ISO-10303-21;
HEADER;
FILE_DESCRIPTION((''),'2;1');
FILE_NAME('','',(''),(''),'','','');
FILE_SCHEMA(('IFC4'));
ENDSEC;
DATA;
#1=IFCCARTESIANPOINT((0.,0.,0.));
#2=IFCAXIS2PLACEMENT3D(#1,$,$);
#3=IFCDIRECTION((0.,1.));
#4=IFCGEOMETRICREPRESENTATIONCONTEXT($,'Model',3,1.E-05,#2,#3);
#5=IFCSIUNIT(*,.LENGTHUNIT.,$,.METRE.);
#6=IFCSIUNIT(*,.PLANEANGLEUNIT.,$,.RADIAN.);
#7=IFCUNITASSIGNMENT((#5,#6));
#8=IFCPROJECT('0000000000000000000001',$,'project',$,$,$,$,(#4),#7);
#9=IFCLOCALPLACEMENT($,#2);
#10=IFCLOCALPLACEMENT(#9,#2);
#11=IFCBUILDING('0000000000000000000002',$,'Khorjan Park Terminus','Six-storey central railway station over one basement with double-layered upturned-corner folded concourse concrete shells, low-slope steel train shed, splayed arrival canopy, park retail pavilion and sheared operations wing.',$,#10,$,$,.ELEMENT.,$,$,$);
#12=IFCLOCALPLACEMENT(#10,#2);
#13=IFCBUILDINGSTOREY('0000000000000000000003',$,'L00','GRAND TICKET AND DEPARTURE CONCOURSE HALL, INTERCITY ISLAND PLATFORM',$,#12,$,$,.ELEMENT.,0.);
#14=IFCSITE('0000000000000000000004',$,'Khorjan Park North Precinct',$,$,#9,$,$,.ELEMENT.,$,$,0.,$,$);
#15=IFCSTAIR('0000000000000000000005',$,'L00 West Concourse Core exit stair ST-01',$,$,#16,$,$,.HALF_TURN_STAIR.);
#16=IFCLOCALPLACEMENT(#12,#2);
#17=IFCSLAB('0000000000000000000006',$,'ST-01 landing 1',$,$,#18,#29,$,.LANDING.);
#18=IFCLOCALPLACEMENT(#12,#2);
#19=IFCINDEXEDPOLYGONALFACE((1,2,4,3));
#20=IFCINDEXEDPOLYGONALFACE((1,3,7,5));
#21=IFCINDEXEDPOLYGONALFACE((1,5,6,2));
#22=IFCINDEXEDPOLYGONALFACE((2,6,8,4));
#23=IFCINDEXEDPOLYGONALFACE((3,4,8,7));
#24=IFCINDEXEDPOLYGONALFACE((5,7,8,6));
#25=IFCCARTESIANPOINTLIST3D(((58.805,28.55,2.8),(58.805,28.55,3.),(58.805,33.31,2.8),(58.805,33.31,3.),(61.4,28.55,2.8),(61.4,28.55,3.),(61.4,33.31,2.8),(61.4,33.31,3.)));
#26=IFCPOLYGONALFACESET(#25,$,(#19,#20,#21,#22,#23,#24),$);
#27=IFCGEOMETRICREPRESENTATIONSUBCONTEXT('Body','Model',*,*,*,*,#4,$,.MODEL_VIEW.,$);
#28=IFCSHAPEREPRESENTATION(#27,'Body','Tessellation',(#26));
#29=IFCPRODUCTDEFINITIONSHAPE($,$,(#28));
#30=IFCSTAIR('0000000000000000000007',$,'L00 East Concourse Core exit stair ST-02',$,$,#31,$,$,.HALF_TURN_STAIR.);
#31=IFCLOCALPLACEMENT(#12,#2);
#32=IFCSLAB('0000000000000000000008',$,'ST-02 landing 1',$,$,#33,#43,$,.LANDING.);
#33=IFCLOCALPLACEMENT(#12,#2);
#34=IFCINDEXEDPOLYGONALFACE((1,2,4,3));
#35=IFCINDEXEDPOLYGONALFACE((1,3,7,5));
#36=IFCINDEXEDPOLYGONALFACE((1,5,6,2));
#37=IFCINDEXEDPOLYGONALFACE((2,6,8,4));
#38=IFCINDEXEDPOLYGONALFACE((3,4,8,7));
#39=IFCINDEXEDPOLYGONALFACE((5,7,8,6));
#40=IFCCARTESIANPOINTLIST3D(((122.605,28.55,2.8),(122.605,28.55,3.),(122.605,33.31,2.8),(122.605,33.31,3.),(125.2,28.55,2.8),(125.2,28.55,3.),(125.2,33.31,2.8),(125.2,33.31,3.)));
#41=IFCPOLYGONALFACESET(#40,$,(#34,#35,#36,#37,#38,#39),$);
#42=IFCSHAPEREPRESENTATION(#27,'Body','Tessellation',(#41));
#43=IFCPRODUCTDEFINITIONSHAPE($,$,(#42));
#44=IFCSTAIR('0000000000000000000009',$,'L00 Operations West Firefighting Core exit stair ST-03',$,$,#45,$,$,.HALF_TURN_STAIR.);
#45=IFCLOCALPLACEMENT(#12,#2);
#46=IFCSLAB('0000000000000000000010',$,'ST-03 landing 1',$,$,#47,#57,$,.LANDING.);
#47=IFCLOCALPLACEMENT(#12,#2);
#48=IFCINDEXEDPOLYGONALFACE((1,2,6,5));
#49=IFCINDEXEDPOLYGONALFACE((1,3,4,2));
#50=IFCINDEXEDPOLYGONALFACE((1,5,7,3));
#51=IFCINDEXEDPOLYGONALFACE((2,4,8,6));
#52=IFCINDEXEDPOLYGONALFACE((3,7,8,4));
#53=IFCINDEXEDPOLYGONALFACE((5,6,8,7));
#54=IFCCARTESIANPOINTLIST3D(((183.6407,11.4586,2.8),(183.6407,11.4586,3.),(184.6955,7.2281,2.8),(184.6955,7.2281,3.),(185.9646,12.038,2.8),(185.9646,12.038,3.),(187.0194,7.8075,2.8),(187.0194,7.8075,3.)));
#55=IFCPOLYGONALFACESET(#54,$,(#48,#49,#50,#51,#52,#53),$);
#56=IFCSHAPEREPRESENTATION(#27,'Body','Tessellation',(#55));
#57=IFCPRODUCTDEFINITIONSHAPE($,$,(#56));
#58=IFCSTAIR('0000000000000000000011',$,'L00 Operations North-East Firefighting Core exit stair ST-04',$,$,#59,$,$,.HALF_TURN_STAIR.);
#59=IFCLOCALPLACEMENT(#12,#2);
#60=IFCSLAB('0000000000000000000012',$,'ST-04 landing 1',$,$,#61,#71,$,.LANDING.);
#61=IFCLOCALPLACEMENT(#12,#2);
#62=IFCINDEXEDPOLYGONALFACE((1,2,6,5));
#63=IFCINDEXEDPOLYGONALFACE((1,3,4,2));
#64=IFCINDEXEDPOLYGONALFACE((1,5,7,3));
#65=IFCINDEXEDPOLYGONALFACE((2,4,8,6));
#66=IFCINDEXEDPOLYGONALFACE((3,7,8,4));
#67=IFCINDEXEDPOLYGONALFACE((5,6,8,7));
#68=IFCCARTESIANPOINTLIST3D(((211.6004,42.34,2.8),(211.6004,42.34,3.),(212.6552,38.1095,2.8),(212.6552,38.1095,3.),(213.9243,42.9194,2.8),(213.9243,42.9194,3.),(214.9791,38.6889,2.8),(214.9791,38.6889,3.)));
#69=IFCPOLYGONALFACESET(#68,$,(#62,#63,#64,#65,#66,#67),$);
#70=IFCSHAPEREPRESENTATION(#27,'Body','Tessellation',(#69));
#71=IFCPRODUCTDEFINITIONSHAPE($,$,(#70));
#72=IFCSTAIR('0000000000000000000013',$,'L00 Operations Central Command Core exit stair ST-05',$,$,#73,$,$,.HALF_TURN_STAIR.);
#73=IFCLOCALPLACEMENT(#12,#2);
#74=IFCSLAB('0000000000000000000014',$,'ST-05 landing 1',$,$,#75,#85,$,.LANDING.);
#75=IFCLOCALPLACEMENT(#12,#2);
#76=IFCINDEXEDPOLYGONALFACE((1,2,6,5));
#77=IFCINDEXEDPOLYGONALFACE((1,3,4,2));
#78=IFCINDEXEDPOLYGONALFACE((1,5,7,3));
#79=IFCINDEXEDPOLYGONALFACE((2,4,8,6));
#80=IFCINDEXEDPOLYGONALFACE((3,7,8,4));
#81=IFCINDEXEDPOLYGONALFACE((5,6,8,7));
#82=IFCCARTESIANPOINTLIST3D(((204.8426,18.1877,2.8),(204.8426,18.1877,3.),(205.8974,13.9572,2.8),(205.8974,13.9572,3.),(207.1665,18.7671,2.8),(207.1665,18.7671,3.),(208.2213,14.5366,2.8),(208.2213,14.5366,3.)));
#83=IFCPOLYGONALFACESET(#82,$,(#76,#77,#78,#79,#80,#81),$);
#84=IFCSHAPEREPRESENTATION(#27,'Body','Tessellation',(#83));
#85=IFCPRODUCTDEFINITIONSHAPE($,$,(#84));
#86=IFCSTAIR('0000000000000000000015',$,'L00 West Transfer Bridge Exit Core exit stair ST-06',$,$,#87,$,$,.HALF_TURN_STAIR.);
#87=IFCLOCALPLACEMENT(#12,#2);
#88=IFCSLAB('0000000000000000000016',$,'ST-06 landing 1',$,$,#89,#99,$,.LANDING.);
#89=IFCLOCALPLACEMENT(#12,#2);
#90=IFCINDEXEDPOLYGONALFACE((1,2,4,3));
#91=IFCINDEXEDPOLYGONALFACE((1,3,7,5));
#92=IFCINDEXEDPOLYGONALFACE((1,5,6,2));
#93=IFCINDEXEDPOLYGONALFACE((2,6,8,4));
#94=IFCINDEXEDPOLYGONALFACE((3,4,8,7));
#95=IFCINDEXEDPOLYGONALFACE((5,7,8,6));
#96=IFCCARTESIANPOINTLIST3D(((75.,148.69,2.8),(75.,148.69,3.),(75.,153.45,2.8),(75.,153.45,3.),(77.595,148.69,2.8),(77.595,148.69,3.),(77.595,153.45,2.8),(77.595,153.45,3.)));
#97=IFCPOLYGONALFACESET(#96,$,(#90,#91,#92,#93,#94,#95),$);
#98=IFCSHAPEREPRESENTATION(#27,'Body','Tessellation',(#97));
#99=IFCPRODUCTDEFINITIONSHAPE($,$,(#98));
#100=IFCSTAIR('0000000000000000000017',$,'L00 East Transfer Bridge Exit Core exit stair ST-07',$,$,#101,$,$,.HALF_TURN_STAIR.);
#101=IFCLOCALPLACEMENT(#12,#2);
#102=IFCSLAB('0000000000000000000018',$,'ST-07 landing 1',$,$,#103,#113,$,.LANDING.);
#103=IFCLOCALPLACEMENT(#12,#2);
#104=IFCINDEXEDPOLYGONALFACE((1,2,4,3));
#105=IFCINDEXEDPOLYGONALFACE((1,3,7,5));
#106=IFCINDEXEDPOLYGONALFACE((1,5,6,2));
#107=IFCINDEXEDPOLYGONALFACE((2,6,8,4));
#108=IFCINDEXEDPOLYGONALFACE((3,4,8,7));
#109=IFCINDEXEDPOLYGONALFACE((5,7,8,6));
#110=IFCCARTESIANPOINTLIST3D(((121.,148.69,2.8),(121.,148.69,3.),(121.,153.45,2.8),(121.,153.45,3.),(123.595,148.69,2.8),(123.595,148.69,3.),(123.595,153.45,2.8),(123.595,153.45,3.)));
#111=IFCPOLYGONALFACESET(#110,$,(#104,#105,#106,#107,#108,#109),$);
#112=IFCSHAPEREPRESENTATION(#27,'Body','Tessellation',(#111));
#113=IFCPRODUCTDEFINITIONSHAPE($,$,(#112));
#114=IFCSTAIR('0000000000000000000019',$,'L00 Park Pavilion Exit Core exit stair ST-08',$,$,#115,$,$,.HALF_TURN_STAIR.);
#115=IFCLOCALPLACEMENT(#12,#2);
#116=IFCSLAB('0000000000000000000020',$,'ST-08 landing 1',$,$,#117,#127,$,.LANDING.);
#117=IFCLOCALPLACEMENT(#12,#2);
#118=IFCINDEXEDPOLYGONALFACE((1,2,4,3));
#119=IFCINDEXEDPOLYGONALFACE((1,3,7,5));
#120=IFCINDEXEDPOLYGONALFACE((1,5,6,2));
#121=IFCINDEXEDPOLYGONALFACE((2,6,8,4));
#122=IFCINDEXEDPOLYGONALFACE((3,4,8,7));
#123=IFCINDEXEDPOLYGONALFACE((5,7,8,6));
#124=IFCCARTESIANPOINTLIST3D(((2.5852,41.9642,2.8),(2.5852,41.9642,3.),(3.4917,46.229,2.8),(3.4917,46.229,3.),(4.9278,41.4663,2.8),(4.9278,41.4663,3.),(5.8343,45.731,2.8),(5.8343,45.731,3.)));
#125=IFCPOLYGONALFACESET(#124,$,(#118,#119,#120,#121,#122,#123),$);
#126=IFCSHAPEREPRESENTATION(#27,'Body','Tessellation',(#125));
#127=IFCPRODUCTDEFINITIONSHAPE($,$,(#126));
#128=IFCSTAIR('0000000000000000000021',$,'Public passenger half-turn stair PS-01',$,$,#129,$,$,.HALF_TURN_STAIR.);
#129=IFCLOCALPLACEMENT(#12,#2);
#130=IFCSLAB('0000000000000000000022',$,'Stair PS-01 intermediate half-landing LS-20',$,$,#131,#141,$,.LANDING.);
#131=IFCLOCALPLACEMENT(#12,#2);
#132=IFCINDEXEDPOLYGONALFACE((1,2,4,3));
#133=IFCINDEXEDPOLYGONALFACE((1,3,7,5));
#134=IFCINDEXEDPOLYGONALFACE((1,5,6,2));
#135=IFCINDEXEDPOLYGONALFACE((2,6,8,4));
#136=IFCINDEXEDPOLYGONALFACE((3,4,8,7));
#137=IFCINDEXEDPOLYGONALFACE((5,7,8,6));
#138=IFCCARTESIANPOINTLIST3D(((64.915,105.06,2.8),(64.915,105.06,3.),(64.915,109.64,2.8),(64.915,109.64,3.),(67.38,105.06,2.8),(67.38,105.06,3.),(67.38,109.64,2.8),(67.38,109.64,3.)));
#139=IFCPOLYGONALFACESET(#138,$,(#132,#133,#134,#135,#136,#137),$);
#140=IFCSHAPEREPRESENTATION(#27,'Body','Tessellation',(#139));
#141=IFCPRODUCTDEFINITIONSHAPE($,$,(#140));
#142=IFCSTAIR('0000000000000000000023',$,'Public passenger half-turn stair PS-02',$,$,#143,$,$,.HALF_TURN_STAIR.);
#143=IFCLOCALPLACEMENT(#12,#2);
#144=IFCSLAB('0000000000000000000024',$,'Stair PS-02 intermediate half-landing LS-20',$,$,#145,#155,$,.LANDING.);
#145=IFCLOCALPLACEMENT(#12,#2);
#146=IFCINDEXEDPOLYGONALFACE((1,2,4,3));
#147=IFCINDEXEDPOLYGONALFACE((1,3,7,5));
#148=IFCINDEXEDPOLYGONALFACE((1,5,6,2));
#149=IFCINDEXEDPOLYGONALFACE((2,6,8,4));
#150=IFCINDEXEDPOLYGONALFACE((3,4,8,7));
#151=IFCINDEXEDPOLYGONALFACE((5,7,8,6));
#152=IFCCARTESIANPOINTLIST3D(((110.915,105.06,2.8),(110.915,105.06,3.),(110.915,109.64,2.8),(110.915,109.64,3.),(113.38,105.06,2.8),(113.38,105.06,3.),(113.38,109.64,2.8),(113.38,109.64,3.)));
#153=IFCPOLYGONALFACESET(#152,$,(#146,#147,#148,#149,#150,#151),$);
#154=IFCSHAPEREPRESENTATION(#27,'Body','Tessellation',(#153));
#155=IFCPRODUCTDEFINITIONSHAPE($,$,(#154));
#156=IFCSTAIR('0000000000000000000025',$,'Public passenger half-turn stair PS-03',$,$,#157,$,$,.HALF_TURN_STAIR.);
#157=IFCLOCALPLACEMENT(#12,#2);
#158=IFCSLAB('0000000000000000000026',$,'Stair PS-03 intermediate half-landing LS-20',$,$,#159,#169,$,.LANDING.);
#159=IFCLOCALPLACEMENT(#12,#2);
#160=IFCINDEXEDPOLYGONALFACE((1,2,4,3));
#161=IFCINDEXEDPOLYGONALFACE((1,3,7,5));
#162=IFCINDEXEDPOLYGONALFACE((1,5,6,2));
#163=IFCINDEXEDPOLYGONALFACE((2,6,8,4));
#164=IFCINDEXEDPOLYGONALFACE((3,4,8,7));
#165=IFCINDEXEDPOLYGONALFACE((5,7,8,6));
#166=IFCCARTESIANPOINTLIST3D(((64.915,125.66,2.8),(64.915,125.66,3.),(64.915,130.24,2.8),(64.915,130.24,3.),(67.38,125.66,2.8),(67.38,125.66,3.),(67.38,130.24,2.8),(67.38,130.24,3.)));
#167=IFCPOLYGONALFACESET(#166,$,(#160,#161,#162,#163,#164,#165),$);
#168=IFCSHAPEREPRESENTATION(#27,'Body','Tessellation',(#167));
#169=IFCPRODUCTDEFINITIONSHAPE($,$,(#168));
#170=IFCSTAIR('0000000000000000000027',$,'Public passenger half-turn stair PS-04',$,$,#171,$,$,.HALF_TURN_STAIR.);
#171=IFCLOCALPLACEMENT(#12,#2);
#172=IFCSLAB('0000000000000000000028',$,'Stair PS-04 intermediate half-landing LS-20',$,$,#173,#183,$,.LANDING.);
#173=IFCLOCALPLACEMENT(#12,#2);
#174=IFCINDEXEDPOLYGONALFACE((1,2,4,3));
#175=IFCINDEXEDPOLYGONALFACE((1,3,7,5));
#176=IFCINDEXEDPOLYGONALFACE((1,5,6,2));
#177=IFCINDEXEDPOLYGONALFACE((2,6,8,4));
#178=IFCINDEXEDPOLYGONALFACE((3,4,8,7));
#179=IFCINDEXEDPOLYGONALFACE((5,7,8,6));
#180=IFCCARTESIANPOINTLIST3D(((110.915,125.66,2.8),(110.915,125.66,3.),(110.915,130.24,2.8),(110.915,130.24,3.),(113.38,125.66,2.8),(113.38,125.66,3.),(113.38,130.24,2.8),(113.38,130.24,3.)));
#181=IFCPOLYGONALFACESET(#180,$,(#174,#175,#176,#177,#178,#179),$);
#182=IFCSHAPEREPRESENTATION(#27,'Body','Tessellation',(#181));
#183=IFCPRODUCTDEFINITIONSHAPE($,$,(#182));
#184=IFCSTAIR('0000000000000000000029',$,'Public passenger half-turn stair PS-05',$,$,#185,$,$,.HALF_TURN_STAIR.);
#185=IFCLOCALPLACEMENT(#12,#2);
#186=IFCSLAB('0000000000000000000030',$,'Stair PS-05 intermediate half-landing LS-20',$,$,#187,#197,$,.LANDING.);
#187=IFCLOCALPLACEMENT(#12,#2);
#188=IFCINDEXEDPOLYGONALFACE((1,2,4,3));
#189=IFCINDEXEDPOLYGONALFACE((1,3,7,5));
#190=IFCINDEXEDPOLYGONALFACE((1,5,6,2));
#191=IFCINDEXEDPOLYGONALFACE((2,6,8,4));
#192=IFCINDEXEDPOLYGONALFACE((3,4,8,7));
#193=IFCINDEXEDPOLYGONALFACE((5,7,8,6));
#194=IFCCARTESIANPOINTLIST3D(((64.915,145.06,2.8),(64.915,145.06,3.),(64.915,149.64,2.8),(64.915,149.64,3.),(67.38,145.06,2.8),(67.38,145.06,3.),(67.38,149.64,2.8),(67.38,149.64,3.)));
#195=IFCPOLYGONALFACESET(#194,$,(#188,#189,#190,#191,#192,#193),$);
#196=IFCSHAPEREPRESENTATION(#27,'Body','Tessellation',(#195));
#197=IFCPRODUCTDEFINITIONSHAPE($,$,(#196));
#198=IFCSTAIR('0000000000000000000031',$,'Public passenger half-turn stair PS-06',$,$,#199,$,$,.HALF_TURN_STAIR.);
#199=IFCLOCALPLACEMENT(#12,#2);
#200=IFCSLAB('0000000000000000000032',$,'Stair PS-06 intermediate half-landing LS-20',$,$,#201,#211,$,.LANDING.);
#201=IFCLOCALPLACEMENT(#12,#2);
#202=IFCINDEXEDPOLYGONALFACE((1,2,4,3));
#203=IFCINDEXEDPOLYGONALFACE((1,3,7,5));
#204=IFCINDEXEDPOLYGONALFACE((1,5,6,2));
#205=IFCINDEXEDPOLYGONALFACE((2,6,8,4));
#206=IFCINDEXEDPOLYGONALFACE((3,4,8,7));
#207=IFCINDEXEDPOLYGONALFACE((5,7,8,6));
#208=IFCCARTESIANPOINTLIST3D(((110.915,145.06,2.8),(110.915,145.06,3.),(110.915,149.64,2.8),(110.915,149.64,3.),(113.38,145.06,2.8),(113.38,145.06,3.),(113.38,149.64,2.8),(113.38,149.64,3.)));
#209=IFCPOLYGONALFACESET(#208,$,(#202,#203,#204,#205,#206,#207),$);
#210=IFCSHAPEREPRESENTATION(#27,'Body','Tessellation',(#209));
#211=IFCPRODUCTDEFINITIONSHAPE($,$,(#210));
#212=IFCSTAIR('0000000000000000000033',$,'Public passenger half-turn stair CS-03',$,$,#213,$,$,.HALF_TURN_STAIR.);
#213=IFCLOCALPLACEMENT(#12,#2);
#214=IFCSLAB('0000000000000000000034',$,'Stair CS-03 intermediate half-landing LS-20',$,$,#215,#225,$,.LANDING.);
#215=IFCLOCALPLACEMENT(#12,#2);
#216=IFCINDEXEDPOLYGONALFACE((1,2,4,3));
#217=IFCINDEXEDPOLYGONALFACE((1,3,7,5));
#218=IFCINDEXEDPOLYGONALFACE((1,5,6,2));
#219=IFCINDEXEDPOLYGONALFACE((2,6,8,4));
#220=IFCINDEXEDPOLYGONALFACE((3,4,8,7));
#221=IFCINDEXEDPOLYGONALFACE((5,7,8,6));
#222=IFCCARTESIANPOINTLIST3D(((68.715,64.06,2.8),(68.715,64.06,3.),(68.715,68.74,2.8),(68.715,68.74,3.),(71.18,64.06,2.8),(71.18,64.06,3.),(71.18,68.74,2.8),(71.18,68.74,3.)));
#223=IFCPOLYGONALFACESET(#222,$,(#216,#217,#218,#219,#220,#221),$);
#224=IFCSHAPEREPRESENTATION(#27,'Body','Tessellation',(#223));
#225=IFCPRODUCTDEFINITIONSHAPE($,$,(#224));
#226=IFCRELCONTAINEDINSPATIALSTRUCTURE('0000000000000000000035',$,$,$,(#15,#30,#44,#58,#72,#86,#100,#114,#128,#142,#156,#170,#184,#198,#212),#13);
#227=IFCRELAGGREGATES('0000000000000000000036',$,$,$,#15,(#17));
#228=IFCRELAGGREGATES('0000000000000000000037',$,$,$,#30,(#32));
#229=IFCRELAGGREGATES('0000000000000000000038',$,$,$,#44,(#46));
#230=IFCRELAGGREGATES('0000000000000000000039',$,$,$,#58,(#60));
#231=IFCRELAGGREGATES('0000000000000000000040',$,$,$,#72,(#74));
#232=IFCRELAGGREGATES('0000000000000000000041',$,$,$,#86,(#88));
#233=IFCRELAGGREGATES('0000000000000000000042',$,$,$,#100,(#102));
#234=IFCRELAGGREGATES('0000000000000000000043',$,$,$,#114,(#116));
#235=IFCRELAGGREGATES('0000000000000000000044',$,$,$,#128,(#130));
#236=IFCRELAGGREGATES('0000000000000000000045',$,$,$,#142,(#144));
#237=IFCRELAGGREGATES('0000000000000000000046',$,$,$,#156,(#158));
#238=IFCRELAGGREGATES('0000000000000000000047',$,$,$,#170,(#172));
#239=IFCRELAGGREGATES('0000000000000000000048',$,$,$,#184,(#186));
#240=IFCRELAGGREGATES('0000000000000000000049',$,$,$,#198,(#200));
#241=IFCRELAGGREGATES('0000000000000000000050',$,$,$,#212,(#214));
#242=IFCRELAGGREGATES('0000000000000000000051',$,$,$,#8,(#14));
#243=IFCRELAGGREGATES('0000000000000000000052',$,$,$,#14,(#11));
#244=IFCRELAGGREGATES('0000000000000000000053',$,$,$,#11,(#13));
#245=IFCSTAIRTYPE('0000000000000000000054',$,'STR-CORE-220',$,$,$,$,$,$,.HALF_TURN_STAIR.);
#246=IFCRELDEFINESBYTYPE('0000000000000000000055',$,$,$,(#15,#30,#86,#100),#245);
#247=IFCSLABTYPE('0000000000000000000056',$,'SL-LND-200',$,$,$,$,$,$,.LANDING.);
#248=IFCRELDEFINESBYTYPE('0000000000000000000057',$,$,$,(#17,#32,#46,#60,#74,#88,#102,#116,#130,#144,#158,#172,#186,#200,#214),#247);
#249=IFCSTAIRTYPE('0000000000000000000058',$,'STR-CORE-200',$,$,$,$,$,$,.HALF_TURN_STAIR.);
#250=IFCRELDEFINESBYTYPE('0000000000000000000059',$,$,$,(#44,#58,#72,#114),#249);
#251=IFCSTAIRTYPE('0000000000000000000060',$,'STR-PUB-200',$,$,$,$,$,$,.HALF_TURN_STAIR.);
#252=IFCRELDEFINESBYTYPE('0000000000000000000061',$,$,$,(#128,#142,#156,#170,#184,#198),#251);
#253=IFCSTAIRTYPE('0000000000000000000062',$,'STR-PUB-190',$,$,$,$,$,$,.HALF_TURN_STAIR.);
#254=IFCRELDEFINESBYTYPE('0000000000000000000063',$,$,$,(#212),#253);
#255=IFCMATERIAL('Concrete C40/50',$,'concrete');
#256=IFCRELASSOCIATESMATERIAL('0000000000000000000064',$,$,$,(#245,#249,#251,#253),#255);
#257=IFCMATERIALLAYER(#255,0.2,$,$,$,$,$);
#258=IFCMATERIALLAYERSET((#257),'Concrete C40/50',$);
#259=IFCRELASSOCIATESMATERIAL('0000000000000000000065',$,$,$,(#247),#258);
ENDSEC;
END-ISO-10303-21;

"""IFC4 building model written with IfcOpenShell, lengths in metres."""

from ifc_helpers import new_model, si_unit, direction, frame, origin, place, context, subcontext, project, spatial, polyline, outline, extrude, material, layer, layer_set, type_object, element, aggregate, save


model = new_model("IFC4")

# Units and contexts
model_context = context("Model", 3, precision=1e-05, world=origin(), true_north=direction((0.0, 1.0)))
body_context = subcontext(model_context, "Body", "Model", "MODEL_VIEW")
ifc_project = project(units=[si_unit("LENGTHUNIT", "METRE"), si_unit("PLANEANGLEUNIT", "RADIAN")], contexts=[model_context])

# Site, building, storey
site_placement = place(None, origin())
site = spatial("IfcSite", under=ifc_project, at=site_placement, Name="Khorjan Park North Precinct", CompositionType="ELEMENT", RefElevation=0.0)
building_placement = place(site_placement, origin())
building = spatial("IfcBuilding", under=site, at=building_placement, Name="Khorjan Park Terminus", Description="Six-storey central railway station over one basement with double-layered upturned-corner folded concourse concrete shells, low-slope steel train shed, splayed arrival canopy, park retail pavilion and sheared operations wing.", CompositionType="ELEMENT")
storey_placement = place(building_placement, origin())
storey = spatial("IfcBuildingStorey", under=building, at=storey_placement, Name="L00", Description="GRAND TICKET AND DEPARTURE CONCOURSE HALL, INTERCITY ISLAND PLATFORM", CompositionType="ELEMENT", Elevation=0.0)

# Stairs, slabs
ifc_material_1 = material(Name="Concrete C40/50", Category="concrete")
stair_type_1 = type_object("IfcStairType", Name="STR-CORE-220", PredefinedType="HALF_TURN_STAIR", material=ifc_material_1)
stair_1_placement = place(storey_placement, origin())
stair_1 = element("IfcStair", 1, at=stair_1_placement, inside=storey, type_object=stair_type_1, Name="L00 West Concourse Core exit stair ST-01", PredefinedType="HALF_TURN_STAIR")
ifc_layer_1 = layer(ifc_material_1, 0.2)
ifc_layer_set_1 = layer_set([ifc_layer_1], Name="Concrete C40/50")
slab_type = type_object("IfcSlabType", Name="SL-LND-200", PredefinedType="LANDING", material=ifc_layer_set_1)
slab_1_placement = place(storey_placement, frame((0.0, 0.0, 2.8)))
slab_1 = element("IfcSlab", 2, at=slab_1_placement, type_object=slab_type, Name="ST-01 landing 1", PredefinedType="LANDING", context=body_context, shape_type="SweptSolid", body=[
    extrude(outline(polyline([(58.805, 28.55), (61.4, 28.55), (61.4, 33.31), (58.805, 33.31), (58.805, 28.55)])), origin(), (0.0, 0.0, 1.0), 0.2),
])
aggregate(stair_1, [slab_1])
stair_2_placement = place(storey_placement, origin())
stair_2 = element("IfcStair", 3, at=stair_2_placement, inside=storey, type_object=stair_type_1, Name="L00 East Concourse Core exit stair ST-02", PredefinedType="HALF_TURN_STAIR")
slab_2_placement = place(storey_placement, frame((0.0, 0.0, 2.8)))
slab_2 = element("IfcSlab", 4, at=slab_2_placement, type_object=slab_type, Name="ST-02 landing 1", PredefinedType="LANDING", context=body_context, shape_type="SweptSolid", body=[
    extrude(outline(polyline([(122.605, 28.55), (125.2, 28.55), (125.2, 33.31), (122.605, 33.31), (122.605, 28.55)])), origin(), (0.0, 0.0, 1.0), 0.2),
])
aggregate(stair_2, [slab_2])
stair_type_2 = type_object("IfcStairType", Name="STR-CORE-200", PredefinedType="HALF_TURN_STAIR", material=ifc_material_1)
stair_3_placement = place(storey_placement, origin())
stair_3 = element("IfcStair", 5, at=stair_3_placement, inside=storey, type_object=stair_type_2, Name="L00 Operations West Firefighting Core exit stair ST-03", PredefinedType="HALF_TURN_STAIR")
slab_3_placement = place(storey_placement, frame((0.0, 0.0, 2.8)))
slab_3 = element("IfcSlab", 6, at=slab_3_placement, type_object=slab_type, Name="ST-03 landing 1", PredefinedType="LANDING", context=body_context, shape_type="SweptSolid", body=[
    extrude(outline(polyline([(184.6955, 7.2281), (187.0194, 7.8075), (185.9646, 12.038), (183.6407, 11.4586), (184.6955, 7.2281)])), origin(), (0.0, 0.0, 1.0), 0.2),
])
aggregate(stair_3, [slab_3])
stair_4_placement = place(storey_placement, origin())
stair_4 = element("IfcStair", 7, at=stair_4_placement, inside=storey, type_object=stair_type_2, Name="L00 Operations North-East Firefighting Core exit stair ST-04", PredefinedType="HALF_TURN_STAIR")
slab_4_placement = place(storey_placement, frame((0.0, 0.0, 2.8)))
slab_4 = element("IfcSlab", 8, at=slab_4_placement, type_object=slab_type, Name="ST-04 landing 1", PredefinedType="LANDING", context=body_context, shape_type="SweptSolid", body=[
    extrude(outline(polyline([(212.6552, 38.1095), (214.9791, 38.6889), (213.9243, 42.9194), (211.6004, 42.34), (212.6552, 38.1095)])), origin(), (0.0, 0.0, 1.0), 0.2),
])
aggregate(stair_4, [slab_4])
stair_5_placement = place(storey_placement, origin())
stair_5 = element("IfcStair", 9, at=stair_5_placement, inside=storey, type_object=stair_type_2, Name="L00 Operations Central Command Core exit stair ST-05", PredefinedType="HALF_TURN_STAIR")
slab_5_placement = place(storey_placement, frame((0.0, 0.0, 2.8)))
slab_5 = element("IfcSlab", 10, at=slab_5_placement, type_object=slab_type, Name="ST-05 landing 1", PredefinedType="LANDING", context=body_context, shape_type="SweptSolid", body=[
    extrude(outline(polyline([(205.8974, 13.9572), (208.2213, 14.5366), (207.1665, 18.7671), (204.8426, 18.1877), (205.8974, 13.9572)])), origin(), (0.0, 0.0, 1.0), 0.2),
])
aggregate(stair_5, [slab_5])
stair_6_placement = place(storey_placement, origin())
stair_6 = element("IfcStair", 11, at=stair_6_placement, inside=storey, type_object=stair_type_1, Name="L00 West Transfer Bridge Exit Core exit stair ST-06", PredefinedType="HALF_TURN_STAIR")
slab_6_placement = place(storey_placement, frame((0.0, 0.0, 2.8)))
slab_6 = element("IfcSlab", 12, at=slab_6_placement, type_object=slab_type, Name="ST-06 landing 1", PredefinedType="LANDING", context=body_context, shape_type="SweptSolid", body=[
    extrude(outline(polyline([(77.595, 153.45), (75.0, 153.45), (75.0, 148.69), (77.595, 148.69), (77.595, 153.45)])), origin(), (0.0, 0.0, 1.0), 0.2),
])
aggregate(stair_6, [slab_6])
stair_7_placement = place(storey_placement, origin())
stair_7 = element("IfcStair", 13, at=stair_7_placement, inside=storey, type_object=stair_type_1, Name="L00 East Transfer Bridge Exit Core exit stair ST-07", PredefinedType="HALF_TURN_STAIR")
slab_7_placement = place(storey_placement, frame((0.0, 0.0, 2.8)))
slab_7 = element("IfcSlab", 14, at=slab_7_placement, type_object=slab_type, Name="ST-07 landing 1", PredefinedType="LANDING", context=body_context, shape_type="SweptSolid", body=[
    extrude(outline(polyline([(123.595, 153.45), (121.0, 153.45), (121.0, 148.69), (123.595, 148.69), (123.595, 153.45)])), origin(), (0.0, 0.0, 1.0), 0.2),
])
aggregate(stair_7, [slab_7])
stair_8_placement = place(storey_placement, origin())
stair_8 = element("IfcStair", 15, at=stair_8_placement, inside=storey, type_object=stair_type_2, Name="L00 Park Pavilion Exit Core exit stair ST-08", PredefinedType="HALF_TURN_STAIR")
slab_8_placement = place(storey_placement, frame((0.0, 0.0, 2.8)))
slab_8 = element("IfcSlab", 16, at=slab_8_placement, type_object=slab_type, Name="ST-08 landing 1", PredefinedType="LANDING", context=body_context, shape_type="SweptSolid", body=[
    extrude(outline(polyline([(2.5852, 41.9642), (4.9278, 41.4663), (5.8343, 45.731), (3.4917, 46.229), (2.5852, 41.9642)])), origin(), (0.0, 0.0, 1.0), 0.2),
])
aggregate(stair_8, [slab_8])
stair_type_3 = type_object("IfcStairType", Name="STR-PUB-200", PredefinedType="HALF_TURN_STAIR", material=ifc_material_1)
stair_9_placement = place(storey_placement, origin())
stair_9 = element("IfcStair", 17, at=stair_9_placement, inside=storey, type_object=stair_type_3, Name="Public passenger half-turn stair PS-01", PredefinedType="HALF_TURN_STAIR")
slab_9_placement = place(storey_placement, frame((0.0, 0.0, 2.8)))
slab_9 = element("IfcSlab", 18, at=slab_9_placement, type_object=slab_type, Name="Stair PS-01 intermediate half-landing LS-20", PredefinedType="LANDING", context=body_context, shape_type="SweptSolid", body=[
    extrude(outline(polyline([(64.915, 105.06), (67.38, 105.06), (67.38, 109.64), (64.915, 109.64), (64.915, 105.06)])), origin(), (0.0, 0.0, 1.0), 0.2),
])
aggregate(stair_9, [slab_9])
stair_10_placement = place(storey_placement, origin())
stair_10 = element("IfcStair", 19, at=stair_10_placement, inside=storey, type_object=stair_type_3, Name="Public passenger half-turn stair PS-02", PredefinedType="HALF_TURN_STAIR")
slab_10_placement = place(storey_placement, frame((0.0, 0.0, 2.8)))
slab_10 = element("IfcSlab", 20, at=slab_10_placement, type_object=slab_type, Name="Stair PS-02 intermediate half-landing LS-20", PredefinedType="LANDING", context=body_context, shape_type="SweptSolid", body=[
    extrude(outline(polyline([(110.915, 105.06), (113.38, 105.06), (113.38, 109.64), (110.915, 109.64), (110.915, 105.06)])), origin(), (0.0, 0.0, 1.0), 0.2),
])
aggregate(stair_10, [slab_10])
stair_11_placement = place(storey_placement, origin())
stair_11 = element("IfcStair", 21, at=stair_11_placement, inside=storey, type_object=stair_type_3, Name="Public passenger half-turn stair PS-03", PredefinedType="HALF_TURN_STAIR")
slab_11_placement = place(storey_placement, frame((0.0, 0.0, 2.8)))
slab_11 = element("IfcSlab", 22, at=slab_11_placement, type_object=slab_type, Name="Stair PS-03 intermediate half-landing LS-20", PredefinedType="LANDING", context=body_context, shape_type="SweptSolid", body=[
    extrude(outline(polyline([(64.915, 125.66), (67.38, 125.66), (67.38, 130.24), (64.915, 130.24), (64.915, 125.66)])), origin(), (0.0, 0.0, 1.0), 0.2),
])
aggregate(stair_11, [slab_11])
stair_12_placement = place(storey_placement, origin())
stair_12 = element("IfcStair", 23, at=stair_12_placement, inside=storey, type_object=stair_type_3, Name="Public passenger half-turn stair PS-04", PredefinedType="HALF_TURN_STAIR")
slab_12_placement = place(storey_placement, frame((0.0, 0.0, 2.8)))
slab_12 = element("IfcSlab", 24, at=slab_12_placement, type_object=slab_type, Name="Stair PS-04 intermediate half-landing LS-20", PredefinedType="LANDING", context=body_context, shape_type="SweptSolid", body=[
    extrude(outline(polyline([(110.915, 125.66), (113.38, 125.66), (113.38, 130.24), (110.915, 130.24), (110.915, 125.66)])), origin(), (0.0, 0.0, 1.0), 0.2),
])
aggregate(stair_12, [slab_12])
stair_13_placement = place(storey_placement, origin())
stair_13 = element("IfcStair", 25, at=stair_13_placement, inside=storey, type_object=stair_type_3, Name="Public passenger half-turn stair PS-05", PredefinedType="HALF_TURN_STAIR")
slab_13_placement = place(storey_placement, frame((0.0, 0.0, 2.8)))
slab_13 = element("IfcSlab", 26, at=slab_13_placement, type_object=slab_type, Name="Stair PS-05 intermediate half-landing LS-20", PredefinedType="LANDING", context=body_context, shape_type="SweptSolid", body=[
    extrude(outline(polyline([(64.915, 145.06), (67.38, 145.06), (67.38, 149.64), (64.915, 149.64), (64.915, 145.06)])), origin(), (0.0, 0.0, 1.0), 0.2),
])
aggregate(stair_13, [slab_13])
stair_14_placement = place(storey_placement, origin())
stair_14 = element("IfcStair", 27, at=stair_14_placement, inside=storey, type_object=stair_type_3, Name="Public passenger half-turn stair PS-06", PredefinedType="HALF_TURN_STAIR")
slab_14_placement = place(storey_placement, frame((0.0, 0.0, 2.8)))
slab_14 = element("IfcSlab", 28, at=slab_14_placement, type_object=slab_type, Name="Stair PS-06 intermediate half-landing LS-20", PredefinedType="LANDING", context=body_context, shape_type="SweptSolid", body=[
    extrude(outline(polyline([(110.915, 145.06), (113.38, 145.06), (113.38, 149.64), (110.915, 149.64), (110.915, 145.06)])), origin(), (0.0, 0.0, 1.0), 0.2),
])
aggregate(stair_14, [slab_14])
stair_type_4 = type_object("IfcStairType", Name="STR-PUB-190", PredefinedType="HALF_TURN_STAIR", material=ifc_material_1)
stair_15_placement = place(storey_placement, origin())
stair_15 = element("IfcStair", 29, at=stair_15_placement, inside=storey, type_object=stair_type_4, Name="Public passenger half-turn stair CS-03", PredefinedType="HALF_TURN_STAIR")
slab_15_placement = place(storey_placement, frame((0.0, 0.0, 2.8)))
slab_15 = element("IfcSlab", 30, at=slab_15_placement, type_object=slab_type, Name="Stair CS-03 intermediate half-landing LS-20", PredefinedType="LANDING", context=body_context, shape_type="SweptSolid", body=[
    extrude(outline(polyline([(68.715, 64.06), (71.18, 64.06), (71.18, 68.74), (68.715, 68.74), (68.715, 64.06)])), origin(), (0.0, 0.0, 1.0), 0.2),
])
aggregate(stair_15, [slab_15])

save(model, "model.ifc")
